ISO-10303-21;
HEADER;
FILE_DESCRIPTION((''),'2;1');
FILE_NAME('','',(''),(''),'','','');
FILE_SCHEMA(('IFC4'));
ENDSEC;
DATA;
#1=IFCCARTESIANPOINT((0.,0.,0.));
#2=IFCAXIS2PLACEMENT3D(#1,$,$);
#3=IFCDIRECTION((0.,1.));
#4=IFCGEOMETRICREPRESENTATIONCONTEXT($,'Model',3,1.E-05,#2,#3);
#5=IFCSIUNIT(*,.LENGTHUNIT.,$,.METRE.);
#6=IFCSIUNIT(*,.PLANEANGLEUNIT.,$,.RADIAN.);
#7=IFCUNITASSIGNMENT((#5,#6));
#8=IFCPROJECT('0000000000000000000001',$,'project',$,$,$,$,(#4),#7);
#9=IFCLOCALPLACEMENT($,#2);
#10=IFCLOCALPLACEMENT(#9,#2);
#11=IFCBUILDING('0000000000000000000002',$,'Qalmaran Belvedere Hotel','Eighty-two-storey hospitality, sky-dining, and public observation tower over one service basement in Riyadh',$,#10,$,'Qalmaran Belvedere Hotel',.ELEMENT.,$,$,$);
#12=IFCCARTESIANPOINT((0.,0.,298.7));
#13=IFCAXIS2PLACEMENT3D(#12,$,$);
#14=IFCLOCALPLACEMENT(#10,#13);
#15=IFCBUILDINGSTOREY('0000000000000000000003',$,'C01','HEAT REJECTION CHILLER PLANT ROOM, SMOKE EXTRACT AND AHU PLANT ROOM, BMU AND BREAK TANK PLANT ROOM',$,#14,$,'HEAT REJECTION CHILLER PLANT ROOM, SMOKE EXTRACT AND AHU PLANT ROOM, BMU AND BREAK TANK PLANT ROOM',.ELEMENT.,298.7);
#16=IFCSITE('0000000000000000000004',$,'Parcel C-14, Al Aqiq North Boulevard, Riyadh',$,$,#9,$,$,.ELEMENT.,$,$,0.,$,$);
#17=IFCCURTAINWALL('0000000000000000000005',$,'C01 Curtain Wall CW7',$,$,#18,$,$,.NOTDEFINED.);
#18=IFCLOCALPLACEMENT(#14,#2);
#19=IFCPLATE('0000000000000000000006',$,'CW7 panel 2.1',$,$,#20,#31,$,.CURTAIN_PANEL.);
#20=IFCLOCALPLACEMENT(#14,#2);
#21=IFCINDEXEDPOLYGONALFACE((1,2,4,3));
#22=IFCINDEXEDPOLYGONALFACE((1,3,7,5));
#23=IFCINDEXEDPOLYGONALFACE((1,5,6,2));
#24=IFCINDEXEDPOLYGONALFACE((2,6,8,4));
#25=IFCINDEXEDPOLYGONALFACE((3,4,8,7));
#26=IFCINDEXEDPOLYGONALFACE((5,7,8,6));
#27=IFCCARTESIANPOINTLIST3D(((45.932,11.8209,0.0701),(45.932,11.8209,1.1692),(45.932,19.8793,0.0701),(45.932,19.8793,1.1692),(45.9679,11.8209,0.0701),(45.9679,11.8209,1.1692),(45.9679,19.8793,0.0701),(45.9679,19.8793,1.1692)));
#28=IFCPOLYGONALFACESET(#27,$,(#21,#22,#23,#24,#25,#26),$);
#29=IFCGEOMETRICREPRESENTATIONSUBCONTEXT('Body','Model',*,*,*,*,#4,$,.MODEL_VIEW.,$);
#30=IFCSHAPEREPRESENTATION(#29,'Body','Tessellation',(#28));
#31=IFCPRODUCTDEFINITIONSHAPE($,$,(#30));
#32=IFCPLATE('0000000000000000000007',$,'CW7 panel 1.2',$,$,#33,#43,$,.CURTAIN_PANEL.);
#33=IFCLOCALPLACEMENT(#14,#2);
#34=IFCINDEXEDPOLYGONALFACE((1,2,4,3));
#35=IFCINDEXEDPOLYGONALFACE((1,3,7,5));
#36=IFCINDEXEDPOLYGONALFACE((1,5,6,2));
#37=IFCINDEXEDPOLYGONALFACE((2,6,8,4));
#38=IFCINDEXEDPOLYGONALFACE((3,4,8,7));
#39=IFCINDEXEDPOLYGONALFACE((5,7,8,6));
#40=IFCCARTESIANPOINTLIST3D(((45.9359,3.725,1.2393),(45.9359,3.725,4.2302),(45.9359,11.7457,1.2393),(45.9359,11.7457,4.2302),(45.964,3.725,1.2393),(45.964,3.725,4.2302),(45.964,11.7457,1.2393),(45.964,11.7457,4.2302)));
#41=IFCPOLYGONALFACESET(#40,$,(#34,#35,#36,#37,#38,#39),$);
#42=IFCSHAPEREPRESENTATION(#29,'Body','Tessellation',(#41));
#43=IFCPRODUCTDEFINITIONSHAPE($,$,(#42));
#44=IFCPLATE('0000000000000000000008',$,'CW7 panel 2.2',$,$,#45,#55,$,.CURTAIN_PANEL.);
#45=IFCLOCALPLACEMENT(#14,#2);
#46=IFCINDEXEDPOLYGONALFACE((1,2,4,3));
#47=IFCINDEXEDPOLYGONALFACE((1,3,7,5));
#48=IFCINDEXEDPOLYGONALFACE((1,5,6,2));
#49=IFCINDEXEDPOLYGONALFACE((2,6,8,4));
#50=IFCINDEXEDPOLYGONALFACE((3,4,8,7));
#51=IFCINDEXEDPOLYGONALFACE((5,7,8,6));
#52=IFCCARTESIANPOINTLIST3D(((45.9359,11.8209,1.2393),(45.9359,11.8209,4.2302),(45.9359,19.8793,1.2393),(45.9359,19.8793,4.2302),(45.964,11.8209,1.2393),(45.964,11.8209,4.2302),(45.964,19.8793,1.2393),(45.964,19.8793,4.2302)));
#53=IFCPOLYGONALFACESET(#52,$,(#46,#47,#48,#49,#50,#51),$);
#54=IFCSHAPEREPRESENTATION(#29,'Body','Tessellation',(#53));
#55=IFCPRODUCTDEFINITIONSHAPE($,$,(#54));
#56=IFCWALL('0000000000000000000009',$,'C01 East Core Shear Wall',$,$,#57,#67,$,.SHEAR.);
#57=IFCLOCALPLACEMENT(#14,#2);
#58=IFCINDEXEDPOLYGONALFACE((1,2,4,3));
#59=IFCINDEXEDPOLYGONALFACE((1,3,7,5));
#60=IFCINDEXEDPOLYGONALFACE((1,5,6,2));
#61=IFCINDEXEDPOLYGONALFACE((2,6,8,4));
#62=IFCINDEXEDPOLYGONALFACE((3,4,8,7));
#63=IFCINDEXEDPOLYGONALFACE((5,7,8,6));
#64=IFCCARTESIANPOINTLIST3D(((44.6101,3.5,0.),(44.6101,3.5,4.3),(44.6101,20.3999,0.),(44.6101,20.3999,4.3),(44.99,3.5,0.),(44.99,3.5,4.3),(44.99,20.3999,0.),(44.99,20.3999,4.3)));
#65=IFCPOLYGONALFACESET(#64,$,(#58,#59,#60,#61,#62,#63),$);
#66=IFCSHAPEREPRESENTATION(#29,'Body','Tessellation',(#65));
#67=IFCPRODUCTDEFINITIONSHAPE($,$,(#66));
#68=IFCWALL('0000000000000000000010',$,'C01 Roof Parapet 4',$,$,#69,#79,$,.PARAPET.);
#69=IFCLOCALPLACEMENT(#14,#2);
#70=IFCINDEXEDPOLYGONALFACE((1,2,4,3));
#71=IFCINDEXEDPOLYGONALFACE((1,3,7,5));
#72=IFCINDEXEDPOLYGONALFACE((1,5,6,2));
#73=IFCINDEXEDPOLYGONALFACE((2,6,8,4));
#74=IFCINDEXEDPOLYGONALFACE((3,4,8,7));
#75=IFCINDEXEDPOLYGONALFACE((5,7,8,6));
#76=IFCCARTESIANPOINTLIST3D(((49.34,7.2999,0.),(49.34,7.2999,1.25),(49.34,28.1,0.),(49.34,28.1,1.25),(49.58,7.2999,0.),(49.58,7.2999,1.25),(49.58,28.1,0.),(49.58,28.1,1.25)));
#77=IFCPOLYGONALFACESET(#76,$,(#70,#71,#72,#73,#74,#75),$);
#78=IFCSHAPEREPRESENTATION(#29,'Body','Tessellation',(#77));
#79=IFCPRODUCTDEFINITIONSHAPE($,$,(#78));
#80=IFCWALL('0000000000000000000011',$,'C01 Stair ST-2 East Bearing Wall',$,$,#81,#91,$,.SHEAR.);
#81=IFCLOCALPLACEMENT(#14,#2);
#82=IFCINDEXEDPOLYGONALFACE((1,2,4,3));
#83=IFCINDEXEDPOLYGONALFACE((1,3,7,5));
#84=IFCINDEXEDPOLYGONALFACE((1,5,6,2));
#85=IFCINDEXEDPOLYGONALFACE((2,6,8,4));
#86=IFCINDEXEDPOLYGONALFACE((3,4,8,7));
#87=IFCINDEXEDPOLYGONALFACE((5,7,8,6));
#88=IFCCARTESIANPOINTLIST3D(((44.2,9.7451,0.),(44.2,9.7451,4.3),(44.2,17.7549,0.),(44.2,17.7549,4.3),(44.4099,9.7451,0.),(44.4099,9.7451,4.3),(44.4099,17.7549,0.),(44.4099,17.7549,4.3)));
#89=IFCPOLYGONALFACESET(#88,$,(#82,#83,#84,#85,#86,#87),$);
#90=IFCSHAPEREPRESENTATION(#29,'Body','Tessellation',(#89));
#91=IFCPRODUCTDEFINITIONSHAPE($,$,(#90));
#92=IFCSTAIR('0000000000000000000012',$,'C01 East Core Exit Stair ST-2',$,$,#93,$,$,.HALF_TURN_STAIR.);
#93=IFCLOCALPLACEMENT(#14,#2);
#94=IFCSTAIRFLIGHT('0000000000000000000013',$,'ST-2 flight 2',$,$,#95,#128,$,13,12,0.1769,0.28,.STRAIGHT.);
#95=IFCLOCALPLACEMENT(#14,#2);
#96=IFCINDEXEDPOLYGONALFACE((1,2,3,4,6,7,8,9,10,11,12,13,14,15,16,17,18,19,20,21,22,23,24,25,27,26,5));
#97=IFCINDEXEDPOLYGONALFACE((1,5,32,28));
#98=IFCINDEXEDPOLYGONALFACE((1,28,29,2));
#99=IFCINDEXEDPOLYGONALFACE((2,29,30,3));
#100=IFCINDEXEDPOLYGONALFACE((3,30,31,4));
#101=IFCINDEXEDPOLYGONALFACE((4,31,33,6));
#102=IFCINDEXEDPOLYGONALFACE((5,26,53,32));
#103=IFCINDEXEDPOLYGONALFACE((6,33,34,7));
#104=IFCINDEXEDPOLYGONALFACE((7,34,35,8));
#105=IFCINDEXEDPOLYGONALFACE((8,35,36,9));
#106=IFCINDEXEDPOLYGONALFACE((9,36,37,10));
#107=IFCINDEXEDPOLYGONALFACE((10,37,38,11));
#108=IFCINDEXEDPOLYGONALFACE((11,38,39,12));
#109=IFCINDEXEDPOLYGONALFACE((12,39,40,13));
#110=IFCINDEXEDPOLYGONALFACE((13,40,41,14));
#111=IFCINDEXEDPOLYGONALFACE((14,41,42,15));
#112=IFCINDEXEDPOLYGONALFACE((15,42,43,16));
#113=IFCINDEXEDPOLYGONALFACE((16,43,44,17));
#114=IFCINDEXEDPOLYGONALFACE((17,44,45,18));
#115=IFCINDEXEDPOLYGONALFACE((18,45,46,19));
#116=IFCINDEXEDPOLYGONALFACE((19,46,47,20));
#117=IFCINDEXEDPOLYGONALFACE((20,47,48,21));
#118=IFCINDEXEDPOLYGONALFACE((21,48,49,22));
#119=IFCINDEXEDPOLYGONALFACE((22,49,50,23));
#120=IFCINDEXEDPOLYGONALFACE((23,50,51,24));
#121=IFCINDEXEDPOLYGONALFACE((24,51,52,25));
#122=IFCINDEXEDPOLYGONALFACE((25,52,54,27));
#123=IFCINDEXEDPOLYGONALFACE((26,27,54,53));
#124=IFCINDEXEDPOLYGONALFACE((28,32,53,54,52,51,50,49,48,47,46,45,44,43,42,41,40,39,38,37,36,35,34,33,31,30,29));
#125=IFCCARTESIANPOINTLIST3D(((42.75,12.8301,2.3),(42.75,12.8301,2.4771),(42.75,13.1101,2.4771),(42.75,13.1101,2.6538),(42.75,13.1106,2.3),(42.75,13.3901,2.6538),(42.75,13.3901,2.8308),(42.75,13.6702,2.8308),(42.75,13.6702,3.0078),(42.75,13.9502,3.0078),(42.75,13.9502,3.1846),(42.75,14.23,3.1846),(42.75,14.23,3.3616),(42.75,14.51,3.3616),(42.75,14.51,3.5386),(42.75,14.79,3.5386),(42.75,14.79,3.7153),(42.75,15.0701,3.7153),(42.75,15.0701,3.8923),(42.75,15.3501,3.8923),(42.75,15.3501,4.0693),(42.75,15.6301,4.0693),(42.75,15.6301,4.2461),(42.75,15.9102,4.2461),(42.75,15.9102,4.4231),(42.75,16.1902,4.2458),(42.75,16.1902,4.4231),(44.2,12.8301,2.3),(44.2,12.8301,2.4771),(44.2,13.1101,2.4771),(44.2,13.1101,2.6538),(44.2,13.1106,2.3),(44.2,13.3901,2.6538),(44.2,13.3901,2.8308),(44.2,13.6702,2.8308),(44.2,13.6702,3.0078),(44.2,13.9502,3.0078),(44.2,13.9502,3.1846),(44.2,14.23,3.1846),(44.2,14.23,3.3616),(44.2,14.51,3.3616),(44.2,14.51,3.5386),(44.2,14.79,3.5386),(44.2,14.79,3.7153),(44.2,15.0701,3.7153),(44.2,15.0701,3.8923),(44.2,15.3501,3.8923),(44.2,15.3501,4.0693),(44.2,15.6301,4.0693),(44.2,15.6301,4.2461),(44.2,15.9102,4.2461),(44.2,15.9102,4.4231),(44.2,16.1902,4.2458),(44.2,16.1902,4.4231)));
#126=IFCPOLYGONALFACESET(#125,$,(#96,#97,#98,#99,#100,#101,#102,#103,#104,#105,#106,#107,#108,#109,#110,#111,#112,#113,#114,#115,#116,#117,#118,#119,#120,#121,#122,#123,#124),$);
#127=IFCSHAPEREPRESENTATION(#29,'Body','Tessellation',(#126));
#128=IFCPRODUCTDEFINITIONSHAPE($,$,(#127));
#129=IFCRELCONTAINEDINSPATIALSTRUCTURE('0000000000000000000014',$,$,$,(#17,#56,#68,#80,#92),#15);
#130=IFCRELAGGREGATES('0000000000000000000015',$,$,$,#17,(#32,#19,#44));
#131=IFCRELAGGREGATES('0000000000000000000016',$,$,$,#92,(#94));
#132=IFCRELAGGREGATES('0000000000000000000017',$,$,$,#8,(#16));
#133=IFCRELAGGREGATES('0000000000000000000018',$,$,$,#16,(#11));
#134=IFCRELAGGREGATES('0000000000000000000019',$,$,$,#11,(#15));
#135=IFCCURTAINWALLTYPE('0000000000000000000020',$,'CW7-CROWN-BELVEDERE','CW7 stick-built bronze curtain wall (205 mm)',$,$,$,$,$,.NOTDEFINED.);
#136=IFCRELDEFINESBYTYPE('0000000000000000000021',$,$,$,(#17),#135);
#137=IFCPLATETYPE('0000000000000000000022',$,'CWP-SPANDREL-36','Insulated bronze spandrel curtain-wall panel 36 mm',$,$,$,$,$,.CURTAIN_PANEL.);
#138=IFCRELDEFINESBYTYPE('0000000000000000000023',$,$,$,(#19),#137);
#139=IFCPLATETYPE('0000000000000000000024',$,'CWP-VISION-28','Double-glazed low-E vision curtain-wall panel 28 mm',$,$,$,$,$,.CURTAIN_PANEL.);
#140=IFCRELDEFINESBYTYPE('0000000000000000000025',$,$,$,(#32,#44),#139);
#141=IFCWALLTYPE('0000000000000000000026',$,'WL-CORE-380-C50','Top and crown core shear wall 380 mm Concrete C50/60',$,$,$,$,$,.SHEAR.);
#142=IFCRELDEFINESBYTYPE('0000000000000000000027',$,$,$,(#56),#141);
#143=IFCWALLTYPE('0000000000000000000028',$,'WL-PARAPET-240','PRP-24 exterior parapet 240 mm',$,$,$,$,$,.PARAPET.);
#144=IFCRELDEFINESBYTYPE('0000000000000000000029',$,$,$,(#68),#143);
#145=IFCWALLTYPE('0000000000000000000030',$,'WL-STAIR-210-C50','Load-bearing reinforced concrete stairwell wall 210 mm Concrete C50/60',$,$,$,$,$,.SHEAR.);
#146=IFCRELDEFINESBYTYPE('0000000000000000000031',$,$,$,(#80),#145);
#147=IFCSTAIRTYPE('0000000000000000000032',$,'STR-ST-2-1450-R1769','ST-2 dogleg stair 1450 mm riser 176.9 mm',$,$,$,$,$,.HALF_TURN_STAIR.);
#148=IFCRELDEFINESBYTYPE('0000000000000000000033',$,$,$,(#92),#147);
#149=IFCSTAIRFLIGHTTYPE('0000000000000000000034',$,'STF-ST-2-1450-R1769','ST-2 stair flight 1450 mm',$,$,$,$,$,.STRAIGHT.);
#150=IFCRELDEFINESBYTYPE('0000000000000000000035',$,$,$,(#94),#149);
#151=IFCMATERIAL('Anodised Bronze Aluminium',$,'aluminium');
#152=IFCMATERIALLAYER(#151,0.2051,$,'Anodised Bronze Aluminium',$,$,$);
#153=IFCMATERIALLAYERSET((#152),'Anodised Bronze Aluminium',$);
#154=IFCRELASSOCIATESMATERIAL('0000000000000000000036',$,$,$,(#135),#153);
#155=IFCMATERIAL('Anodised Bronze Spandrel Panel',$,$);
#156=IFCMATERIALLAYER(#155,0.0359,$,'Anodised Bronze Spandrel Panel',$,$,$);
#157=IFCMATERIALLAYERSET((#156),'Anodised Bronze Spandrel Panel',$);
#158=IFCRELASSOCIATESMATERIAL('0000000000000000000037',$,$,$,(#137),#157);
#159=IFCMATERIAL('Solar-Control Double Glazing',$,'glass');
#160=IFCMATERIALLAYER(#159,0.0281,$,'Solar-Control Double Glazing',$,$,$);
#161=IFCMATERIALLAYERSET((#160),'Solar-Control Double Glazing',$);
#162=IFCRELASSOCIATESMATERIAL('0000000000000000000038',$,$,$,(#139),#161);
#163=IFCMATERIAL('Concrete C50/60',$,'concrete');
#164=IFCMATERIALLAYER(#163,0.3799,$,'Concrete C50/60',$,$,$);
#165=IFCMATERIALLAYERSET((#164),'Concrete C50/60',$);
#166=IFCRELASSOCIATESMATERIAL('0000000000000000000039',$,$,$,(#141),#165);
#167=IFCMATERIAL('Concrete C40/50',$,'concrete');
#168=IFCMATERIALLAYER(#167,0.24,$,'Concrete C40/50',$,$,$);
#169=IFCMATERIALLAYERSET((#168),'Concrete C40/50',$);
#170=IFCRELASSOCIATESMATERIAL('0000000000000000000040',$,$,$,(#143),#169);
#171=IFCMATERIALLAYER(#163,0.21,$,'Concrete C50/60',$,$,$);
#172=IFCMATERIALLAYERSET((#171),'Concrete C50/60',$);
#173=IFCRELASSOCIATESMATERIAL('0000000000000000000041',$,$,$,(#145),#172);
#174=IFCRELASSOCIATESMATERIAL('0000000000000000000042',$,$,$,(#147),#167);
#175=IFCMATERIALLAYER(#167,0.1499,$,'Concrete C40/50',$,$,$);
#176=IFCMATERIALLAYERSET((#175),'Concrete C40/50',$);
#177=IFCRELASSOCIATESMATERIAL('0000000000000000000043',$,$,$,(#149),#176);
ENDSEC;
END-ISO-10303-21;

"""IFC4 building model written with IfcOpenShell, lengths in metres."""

from ifc_helpers import new_model, si_unit, direction, frame, frame_2d, origin, origin_2d, place, context, subcontext, project, spatial, polyline, rectangle, outline, extrude, material, layer, layer_set, type_object, element, aggregate, save


model = new_model("IFC4")

# Units and contexts
model_context = context("Model", 3, precision=1e-05, world=origin(), true_north=direction((0.0, 1.0)))
body_context = subcontext(model_context, "Body", "Model", "MODEL_VIEW")
ifc_project = project(units=[si_unit("LENGTHUNIT", "METRE"), si_unit("PLANEANGLEUNIT", "RADIAN")], contexts=[model_context])

# Site, building, storey
site_placement = place(None, origin())
site = spatial("IfcSite", under=ifc_project, at=site_placement, Name="Parcel C-14, Al Aqiq North Boulevard, Riyadh", CompositionType="ELEMENT", RefElevation=0.0)
building_placement = place(site_placement, origin())
building = spatial("IfcBuilding", under=site, at=building_placement, Name="Qalmaran Belvedere Hotel", Description="Eighty-two-storey hospitality, sky-dining, and public observation tower over one service basement in Riyadh", LongName="Qalmaran Belvedere Hotel", CompositionType="ELEMENT")
storey_placement = place(building_placement, frame((0.0, 0.0, 298.7)))
storey = spatial("IfcBuildingStorey", under=building, at=storey_placement, Name="C01", Description="HEAT REJECTION CHILLER PLANT ROOM, SMOKE EXTRACT AND AHU PLANT ROOM, BMU AND BREAK TANK PLANT ROOM", LongName="HEAT REJECTION CHILLER PLANT ROOM, SMOKE EXTRACT AND AHU PLANT ROOM, BMU AND BREAK TANK PLANT ROOM", CompositionType="ELEMENT", Elevation=298.7)

# Shared definitions
ifc_material_1 = material(Name="Concrete C50/60", Category="concrete")

# Curtain wall, plates
ifc_material_2 = material(Name="Anodised Bronze Aluminium", Category="aluminium")
ifc_layer_1 = layer(ifc_material_2, 0.2051, Name="Anodised Bronze Aluminium")
ifc_layer_set_1 = layer_set([ifc_layer_1], Name="Anodised Bronze Aluminium")
curtain_wall_type = type_object("IfcCurtainWallType", Name="CW7-CROWN-BELVEDERE", Description="CW7 stick-built bronze curtain wall (205 mm)", PredefinedType="NOTDEFINED", material=ifc_layer_set_1)
curtain_wall_placement = place(storey_placement, origin())
curtain_wall = element("IfcCurtainWall", 1, at=curtain_wall_placement, inside=storey, type_object=curtain_wall_type, Name="C01 Curtain Wall CW7", PredefinedType="NOTDEFINED")
ifc_material_3 = material(Name="Anodised Bronze Spandrel Panel")
ifc_layer_2 = layer(ifc_material_3, 0.0359, Name="Anodised Bronze Spandrel Panel")
ifc_layer_set_2 = layer_set([ifc_layer_2], Name="Anodised Bronze Spandrel Panel")
plate_type_1 = type_object("IfcPlateType", Name="CWP-SPANDREL-36", Description="Insulated bronze spandrel curtain-wall panel 36 mm", PredefinedType="CURTAIN_PANEL", material=ifc_layer_set_2)
plate_1_placement = place(storey_placement, frame((45.95, 15.8501, 0.0701), z_axis=(0.0, 0.0, 1.0), x_axis=(0.0, 1.0, 0.0)))
plate_1 = element("IfcPlate", 2, at=plate_1_placement, type_object=plate_type_1, Name="CW7 panel 2.1", PredefinedType="CURTAIN_PANEL", context=body_context, shape_type="SweptSolid", body=[
    extrude(rectangle(XDim=8.0583, YDim=0.0359, at=origin_2d()), origin(), (0.0, 0.0, 1.0), 1.0991),
])
ifc_material_4 = material(Name="Solar-Control Double Glazing", Category="glass")
ifc_layer_3 = layer(ifc_material_4, 0.0281, Name="Solar-Control Double Glazing")
ifc_layer_set_3 = layer_set([ifc_layer_3], Name="Solar-Control Double Glazing")
plate_type_2 = type_object("IfcPlateType", Name="CWP-VISION-28", Description="Double-glazed low-E vision curtain-wall panel 28 mm", PredefinedType="CURTAIN_PANEL", material=ifc_layer_set_3)
plate_2_placement = place(storey_placement, frame((45.95, 7.7354, 1.2393), z_axis=(0.0, 0.0, 1.0), x_axis=(0.0, 1.0, 0.0)))
plate_2 = element("IfcPlate", 3, at=plate_2_placement, type_object=plate_type_2, Name="CW7 panel 1.2", PredefinedType="CURTAIN_PANEL", context=body_context, shape_type="SweptSolid", body=[
    extrude(rectangle(XDim=8.0208, YDim=0.0281, at=origin_2d()), origin(), (0.0, 0.0, 1.0), 2.991),
])
plate_3_placement = place(storey_placement, frame((45.95, 15.8501, 1.2393), z_axis=(0.0, 0.0, 1.0), x_axis=(0.0, 1.0, 0.0)))
plate_3 = element("IfcPlate", 4, at=plate_3_placement, type_object=plate_type_2, Name="CW7 panel 2.2", PredefinedType="CURTAIN_PANEL", context=body_context, shape_type="SweptSolid", body=[
    extrude(rectangle(XDim=8.0583, YDim=0.0281, at=origin_2d()), origin(), (0.0, 0.0, 1.0), 2.991),
])
aggregate(curtain_wall, [plate_2, plate_1, plate_3])

# Walls
ifc_layer_4 = layer(ifc_material_1, 0.3799, Name="Concrete C50/60")
ifc_layer_set_4 = layer_set([ifc_layer_4], Name="Concrete C50/60")
wall_type_1 = type_object("IfcWallType", Name="WL-CORE-380-C50", Description="Top and crown core shear wall 380 mm Concrete C50/60", PredefinedType="SHEAR", material=ifc_layer_set_4)
wall_1_placement = place(storey_placement, frame((44.8, 3.5, 0.0), z_axis=(0.0, 0.0, 1.0), x_axis=(0.0, 1.0, 0.0)))
element("IfcWall", 5, at=wall_1_placement, inside=storey, type_object=wall_type_1, Name="C01 East Core Shear Wall", PredefinedType="SHEAR", context=body_context, shape_type="SweptSolid", body=[
    extrude(rectangle(XDim=16.8999, YDim=0.3799, at=frame_2d((8.45, 0.0))), origin(), (0.0, 0.0, 1.0), 4.3),
])
ifc_material_5 = material(Name="Concrete C40/50", Category="concrete")
ifc_layer_5 = layer(ifc_material_5, 0.24, Name="Concrete C40/50")
ifc_layer_set_5 = layer_set([ifc_layer_5], Name="Concrete C40/50")
wall_type_2 = type_object("IfcWallType", Name="WL-PARAPET-240", Description="PRP-24 exterior parapet 240 mm", PredefinedType="PARAPET", material=ifc_layer_set_5)
wall_2_placement = place(storey_placement, frame((49.46, 7.3, 0.0), z_axis=(0.0, 0.0, 1.0), x_axis=(0.0, 1.0, 0.0)))
element("IfcWall", 6, at=wall_2_placement, inside=storey, type_object=wall_type_2, Name="C01 Roof Parapet 4", PredefinedType="PARAPET", context=body_context, shape_type="SweptSolid", body=[
    extrude(rectangle(XDim=20.8, YDim=0.24, at=frame_2d((10.3999, 0.0))), origin(), (0.0, 0.0, 1.0), 1.25),
])
ifc_layer_6 = layer(ifc_material_1, 0.21, Name="Concrete C50/60")
ifc_layer_set_6 = layer_set([ifc_layer_6], Name="Concrete C50/60")
wall_type_3 = type_object("IfcWallType", Name="WL-STAIR-210-C50", Description="Load-bearing reinforced concrete stairwell wall 210 mm Concrete C50/60", PredefinedType="SHEAR", material=ifc_layer_set_6)
wall_3_placement = place(storey_placement, frame((44.3049, 9.7451, 0.0), z_axis=(0.0, 0.0, 1.0), x_axis=(0.0, 1.0, 0.0)))
element("IfcWall", 7, at=wall_3_placement, inside=storey, type_object=wall_type_3, Name="C01 Stair ST-2 East Bearing Wall", PredefinedType="SHEAR", context=body_context, shape_type="SweptSolid", body=[
    extrude(rectangle(XDim=8.0098, YDim=0.21, at=frame_2d((4.0049, 0.0))), origin(), (0.0, 0.0, 1.0), 4.3),
])

# Stair, stair flight
stair_type = type_object("IfcStairType", Name="STR-ST-2-1450-R1769", Description="ST-2 dogleg stair 1450 mm riser 176.9 mm", PredefinedType="HALF_TURN_STAIR", material=ifc_material_5)
stair_placement = place(storey_placement, origin())
stair = element("IfcStair", 8, at=stair_placement, inside=storey, type_object=stair_type, Name="C01 East Core Exit Stair ST-2", PredefinedType="HALF_TURN_STAIR")
ifc_layer_7 = layer(ifc_material_5, 0.1499, Name="Concrete C40/50")
ifc_layer_set_7 = layer_set([ifc_layer_7], Name="Concrete C40/50")
stair_flight_type = type_object("IfcStairFlightType", Name="STF-ST-2-1450-R1769", Description="ST-2 stair flight 1450 mm", PredefinedType="STRAIGHT", material=ifc_layer_set_7)
stair_flight_placement = place(storey_placement, frame((43.4751, 12.8301, 2.3), z_axis=(0.0, 0.0, 1.0), x_axis=(0.0, 1.0, 0.0)))
stair_flight = element("IfcStairFlight", 9, at=stair_flight_placement, type_object=stair_flight_type, Name="ST-2 flight 2", NumberOfRisers=13, NumberOfTreads=12, PredefinedType="STRAIGHT", RiserHeight=0.1769, TreadLength=0.28, context=body_context, shape_type="SweptSolid", body=[
    extrude(outline(polyline([(0.0, 0.0), (0.0, 0.177), (0.28, 0.177), (0.28, 0.3538), (0.5601, 0.3538), (0.5601, 0.5308), (0.8401, 0.5308), (0.8401, 0.7078), (1.1201, 0.7078), (1.1201, 0.8845), (1.3999, 0.8845), (1.3999, 1.0615), (1.6799, 1.0615), (1.6799, 1.2385), (1.96, 1.2385), (1.96, 1.4153), (2.24, 1.4153), (2.24, 1.5923), (2.52, 1.5923), (2.52, 1.7693), (2.8, 1.7693), (2.8, 1.946), (3.0801, 1.946), (3.0801, 2.123), (3.3601, 2.123), (3.3601, 2.3), (3.3601, 1.9458), (0.2805, 0.0), (0.0, 0.0)])), frame((0.0, 0.7251, 0.0), z_axis=(0.0, -1.0, 0.0), x_axis=(1.0, 0.0, 0.0)), (0.0, 0.0, 1.0), 1.45),
])
aggregate(stair, [stair_flight])

save(model, "model.ifc")
